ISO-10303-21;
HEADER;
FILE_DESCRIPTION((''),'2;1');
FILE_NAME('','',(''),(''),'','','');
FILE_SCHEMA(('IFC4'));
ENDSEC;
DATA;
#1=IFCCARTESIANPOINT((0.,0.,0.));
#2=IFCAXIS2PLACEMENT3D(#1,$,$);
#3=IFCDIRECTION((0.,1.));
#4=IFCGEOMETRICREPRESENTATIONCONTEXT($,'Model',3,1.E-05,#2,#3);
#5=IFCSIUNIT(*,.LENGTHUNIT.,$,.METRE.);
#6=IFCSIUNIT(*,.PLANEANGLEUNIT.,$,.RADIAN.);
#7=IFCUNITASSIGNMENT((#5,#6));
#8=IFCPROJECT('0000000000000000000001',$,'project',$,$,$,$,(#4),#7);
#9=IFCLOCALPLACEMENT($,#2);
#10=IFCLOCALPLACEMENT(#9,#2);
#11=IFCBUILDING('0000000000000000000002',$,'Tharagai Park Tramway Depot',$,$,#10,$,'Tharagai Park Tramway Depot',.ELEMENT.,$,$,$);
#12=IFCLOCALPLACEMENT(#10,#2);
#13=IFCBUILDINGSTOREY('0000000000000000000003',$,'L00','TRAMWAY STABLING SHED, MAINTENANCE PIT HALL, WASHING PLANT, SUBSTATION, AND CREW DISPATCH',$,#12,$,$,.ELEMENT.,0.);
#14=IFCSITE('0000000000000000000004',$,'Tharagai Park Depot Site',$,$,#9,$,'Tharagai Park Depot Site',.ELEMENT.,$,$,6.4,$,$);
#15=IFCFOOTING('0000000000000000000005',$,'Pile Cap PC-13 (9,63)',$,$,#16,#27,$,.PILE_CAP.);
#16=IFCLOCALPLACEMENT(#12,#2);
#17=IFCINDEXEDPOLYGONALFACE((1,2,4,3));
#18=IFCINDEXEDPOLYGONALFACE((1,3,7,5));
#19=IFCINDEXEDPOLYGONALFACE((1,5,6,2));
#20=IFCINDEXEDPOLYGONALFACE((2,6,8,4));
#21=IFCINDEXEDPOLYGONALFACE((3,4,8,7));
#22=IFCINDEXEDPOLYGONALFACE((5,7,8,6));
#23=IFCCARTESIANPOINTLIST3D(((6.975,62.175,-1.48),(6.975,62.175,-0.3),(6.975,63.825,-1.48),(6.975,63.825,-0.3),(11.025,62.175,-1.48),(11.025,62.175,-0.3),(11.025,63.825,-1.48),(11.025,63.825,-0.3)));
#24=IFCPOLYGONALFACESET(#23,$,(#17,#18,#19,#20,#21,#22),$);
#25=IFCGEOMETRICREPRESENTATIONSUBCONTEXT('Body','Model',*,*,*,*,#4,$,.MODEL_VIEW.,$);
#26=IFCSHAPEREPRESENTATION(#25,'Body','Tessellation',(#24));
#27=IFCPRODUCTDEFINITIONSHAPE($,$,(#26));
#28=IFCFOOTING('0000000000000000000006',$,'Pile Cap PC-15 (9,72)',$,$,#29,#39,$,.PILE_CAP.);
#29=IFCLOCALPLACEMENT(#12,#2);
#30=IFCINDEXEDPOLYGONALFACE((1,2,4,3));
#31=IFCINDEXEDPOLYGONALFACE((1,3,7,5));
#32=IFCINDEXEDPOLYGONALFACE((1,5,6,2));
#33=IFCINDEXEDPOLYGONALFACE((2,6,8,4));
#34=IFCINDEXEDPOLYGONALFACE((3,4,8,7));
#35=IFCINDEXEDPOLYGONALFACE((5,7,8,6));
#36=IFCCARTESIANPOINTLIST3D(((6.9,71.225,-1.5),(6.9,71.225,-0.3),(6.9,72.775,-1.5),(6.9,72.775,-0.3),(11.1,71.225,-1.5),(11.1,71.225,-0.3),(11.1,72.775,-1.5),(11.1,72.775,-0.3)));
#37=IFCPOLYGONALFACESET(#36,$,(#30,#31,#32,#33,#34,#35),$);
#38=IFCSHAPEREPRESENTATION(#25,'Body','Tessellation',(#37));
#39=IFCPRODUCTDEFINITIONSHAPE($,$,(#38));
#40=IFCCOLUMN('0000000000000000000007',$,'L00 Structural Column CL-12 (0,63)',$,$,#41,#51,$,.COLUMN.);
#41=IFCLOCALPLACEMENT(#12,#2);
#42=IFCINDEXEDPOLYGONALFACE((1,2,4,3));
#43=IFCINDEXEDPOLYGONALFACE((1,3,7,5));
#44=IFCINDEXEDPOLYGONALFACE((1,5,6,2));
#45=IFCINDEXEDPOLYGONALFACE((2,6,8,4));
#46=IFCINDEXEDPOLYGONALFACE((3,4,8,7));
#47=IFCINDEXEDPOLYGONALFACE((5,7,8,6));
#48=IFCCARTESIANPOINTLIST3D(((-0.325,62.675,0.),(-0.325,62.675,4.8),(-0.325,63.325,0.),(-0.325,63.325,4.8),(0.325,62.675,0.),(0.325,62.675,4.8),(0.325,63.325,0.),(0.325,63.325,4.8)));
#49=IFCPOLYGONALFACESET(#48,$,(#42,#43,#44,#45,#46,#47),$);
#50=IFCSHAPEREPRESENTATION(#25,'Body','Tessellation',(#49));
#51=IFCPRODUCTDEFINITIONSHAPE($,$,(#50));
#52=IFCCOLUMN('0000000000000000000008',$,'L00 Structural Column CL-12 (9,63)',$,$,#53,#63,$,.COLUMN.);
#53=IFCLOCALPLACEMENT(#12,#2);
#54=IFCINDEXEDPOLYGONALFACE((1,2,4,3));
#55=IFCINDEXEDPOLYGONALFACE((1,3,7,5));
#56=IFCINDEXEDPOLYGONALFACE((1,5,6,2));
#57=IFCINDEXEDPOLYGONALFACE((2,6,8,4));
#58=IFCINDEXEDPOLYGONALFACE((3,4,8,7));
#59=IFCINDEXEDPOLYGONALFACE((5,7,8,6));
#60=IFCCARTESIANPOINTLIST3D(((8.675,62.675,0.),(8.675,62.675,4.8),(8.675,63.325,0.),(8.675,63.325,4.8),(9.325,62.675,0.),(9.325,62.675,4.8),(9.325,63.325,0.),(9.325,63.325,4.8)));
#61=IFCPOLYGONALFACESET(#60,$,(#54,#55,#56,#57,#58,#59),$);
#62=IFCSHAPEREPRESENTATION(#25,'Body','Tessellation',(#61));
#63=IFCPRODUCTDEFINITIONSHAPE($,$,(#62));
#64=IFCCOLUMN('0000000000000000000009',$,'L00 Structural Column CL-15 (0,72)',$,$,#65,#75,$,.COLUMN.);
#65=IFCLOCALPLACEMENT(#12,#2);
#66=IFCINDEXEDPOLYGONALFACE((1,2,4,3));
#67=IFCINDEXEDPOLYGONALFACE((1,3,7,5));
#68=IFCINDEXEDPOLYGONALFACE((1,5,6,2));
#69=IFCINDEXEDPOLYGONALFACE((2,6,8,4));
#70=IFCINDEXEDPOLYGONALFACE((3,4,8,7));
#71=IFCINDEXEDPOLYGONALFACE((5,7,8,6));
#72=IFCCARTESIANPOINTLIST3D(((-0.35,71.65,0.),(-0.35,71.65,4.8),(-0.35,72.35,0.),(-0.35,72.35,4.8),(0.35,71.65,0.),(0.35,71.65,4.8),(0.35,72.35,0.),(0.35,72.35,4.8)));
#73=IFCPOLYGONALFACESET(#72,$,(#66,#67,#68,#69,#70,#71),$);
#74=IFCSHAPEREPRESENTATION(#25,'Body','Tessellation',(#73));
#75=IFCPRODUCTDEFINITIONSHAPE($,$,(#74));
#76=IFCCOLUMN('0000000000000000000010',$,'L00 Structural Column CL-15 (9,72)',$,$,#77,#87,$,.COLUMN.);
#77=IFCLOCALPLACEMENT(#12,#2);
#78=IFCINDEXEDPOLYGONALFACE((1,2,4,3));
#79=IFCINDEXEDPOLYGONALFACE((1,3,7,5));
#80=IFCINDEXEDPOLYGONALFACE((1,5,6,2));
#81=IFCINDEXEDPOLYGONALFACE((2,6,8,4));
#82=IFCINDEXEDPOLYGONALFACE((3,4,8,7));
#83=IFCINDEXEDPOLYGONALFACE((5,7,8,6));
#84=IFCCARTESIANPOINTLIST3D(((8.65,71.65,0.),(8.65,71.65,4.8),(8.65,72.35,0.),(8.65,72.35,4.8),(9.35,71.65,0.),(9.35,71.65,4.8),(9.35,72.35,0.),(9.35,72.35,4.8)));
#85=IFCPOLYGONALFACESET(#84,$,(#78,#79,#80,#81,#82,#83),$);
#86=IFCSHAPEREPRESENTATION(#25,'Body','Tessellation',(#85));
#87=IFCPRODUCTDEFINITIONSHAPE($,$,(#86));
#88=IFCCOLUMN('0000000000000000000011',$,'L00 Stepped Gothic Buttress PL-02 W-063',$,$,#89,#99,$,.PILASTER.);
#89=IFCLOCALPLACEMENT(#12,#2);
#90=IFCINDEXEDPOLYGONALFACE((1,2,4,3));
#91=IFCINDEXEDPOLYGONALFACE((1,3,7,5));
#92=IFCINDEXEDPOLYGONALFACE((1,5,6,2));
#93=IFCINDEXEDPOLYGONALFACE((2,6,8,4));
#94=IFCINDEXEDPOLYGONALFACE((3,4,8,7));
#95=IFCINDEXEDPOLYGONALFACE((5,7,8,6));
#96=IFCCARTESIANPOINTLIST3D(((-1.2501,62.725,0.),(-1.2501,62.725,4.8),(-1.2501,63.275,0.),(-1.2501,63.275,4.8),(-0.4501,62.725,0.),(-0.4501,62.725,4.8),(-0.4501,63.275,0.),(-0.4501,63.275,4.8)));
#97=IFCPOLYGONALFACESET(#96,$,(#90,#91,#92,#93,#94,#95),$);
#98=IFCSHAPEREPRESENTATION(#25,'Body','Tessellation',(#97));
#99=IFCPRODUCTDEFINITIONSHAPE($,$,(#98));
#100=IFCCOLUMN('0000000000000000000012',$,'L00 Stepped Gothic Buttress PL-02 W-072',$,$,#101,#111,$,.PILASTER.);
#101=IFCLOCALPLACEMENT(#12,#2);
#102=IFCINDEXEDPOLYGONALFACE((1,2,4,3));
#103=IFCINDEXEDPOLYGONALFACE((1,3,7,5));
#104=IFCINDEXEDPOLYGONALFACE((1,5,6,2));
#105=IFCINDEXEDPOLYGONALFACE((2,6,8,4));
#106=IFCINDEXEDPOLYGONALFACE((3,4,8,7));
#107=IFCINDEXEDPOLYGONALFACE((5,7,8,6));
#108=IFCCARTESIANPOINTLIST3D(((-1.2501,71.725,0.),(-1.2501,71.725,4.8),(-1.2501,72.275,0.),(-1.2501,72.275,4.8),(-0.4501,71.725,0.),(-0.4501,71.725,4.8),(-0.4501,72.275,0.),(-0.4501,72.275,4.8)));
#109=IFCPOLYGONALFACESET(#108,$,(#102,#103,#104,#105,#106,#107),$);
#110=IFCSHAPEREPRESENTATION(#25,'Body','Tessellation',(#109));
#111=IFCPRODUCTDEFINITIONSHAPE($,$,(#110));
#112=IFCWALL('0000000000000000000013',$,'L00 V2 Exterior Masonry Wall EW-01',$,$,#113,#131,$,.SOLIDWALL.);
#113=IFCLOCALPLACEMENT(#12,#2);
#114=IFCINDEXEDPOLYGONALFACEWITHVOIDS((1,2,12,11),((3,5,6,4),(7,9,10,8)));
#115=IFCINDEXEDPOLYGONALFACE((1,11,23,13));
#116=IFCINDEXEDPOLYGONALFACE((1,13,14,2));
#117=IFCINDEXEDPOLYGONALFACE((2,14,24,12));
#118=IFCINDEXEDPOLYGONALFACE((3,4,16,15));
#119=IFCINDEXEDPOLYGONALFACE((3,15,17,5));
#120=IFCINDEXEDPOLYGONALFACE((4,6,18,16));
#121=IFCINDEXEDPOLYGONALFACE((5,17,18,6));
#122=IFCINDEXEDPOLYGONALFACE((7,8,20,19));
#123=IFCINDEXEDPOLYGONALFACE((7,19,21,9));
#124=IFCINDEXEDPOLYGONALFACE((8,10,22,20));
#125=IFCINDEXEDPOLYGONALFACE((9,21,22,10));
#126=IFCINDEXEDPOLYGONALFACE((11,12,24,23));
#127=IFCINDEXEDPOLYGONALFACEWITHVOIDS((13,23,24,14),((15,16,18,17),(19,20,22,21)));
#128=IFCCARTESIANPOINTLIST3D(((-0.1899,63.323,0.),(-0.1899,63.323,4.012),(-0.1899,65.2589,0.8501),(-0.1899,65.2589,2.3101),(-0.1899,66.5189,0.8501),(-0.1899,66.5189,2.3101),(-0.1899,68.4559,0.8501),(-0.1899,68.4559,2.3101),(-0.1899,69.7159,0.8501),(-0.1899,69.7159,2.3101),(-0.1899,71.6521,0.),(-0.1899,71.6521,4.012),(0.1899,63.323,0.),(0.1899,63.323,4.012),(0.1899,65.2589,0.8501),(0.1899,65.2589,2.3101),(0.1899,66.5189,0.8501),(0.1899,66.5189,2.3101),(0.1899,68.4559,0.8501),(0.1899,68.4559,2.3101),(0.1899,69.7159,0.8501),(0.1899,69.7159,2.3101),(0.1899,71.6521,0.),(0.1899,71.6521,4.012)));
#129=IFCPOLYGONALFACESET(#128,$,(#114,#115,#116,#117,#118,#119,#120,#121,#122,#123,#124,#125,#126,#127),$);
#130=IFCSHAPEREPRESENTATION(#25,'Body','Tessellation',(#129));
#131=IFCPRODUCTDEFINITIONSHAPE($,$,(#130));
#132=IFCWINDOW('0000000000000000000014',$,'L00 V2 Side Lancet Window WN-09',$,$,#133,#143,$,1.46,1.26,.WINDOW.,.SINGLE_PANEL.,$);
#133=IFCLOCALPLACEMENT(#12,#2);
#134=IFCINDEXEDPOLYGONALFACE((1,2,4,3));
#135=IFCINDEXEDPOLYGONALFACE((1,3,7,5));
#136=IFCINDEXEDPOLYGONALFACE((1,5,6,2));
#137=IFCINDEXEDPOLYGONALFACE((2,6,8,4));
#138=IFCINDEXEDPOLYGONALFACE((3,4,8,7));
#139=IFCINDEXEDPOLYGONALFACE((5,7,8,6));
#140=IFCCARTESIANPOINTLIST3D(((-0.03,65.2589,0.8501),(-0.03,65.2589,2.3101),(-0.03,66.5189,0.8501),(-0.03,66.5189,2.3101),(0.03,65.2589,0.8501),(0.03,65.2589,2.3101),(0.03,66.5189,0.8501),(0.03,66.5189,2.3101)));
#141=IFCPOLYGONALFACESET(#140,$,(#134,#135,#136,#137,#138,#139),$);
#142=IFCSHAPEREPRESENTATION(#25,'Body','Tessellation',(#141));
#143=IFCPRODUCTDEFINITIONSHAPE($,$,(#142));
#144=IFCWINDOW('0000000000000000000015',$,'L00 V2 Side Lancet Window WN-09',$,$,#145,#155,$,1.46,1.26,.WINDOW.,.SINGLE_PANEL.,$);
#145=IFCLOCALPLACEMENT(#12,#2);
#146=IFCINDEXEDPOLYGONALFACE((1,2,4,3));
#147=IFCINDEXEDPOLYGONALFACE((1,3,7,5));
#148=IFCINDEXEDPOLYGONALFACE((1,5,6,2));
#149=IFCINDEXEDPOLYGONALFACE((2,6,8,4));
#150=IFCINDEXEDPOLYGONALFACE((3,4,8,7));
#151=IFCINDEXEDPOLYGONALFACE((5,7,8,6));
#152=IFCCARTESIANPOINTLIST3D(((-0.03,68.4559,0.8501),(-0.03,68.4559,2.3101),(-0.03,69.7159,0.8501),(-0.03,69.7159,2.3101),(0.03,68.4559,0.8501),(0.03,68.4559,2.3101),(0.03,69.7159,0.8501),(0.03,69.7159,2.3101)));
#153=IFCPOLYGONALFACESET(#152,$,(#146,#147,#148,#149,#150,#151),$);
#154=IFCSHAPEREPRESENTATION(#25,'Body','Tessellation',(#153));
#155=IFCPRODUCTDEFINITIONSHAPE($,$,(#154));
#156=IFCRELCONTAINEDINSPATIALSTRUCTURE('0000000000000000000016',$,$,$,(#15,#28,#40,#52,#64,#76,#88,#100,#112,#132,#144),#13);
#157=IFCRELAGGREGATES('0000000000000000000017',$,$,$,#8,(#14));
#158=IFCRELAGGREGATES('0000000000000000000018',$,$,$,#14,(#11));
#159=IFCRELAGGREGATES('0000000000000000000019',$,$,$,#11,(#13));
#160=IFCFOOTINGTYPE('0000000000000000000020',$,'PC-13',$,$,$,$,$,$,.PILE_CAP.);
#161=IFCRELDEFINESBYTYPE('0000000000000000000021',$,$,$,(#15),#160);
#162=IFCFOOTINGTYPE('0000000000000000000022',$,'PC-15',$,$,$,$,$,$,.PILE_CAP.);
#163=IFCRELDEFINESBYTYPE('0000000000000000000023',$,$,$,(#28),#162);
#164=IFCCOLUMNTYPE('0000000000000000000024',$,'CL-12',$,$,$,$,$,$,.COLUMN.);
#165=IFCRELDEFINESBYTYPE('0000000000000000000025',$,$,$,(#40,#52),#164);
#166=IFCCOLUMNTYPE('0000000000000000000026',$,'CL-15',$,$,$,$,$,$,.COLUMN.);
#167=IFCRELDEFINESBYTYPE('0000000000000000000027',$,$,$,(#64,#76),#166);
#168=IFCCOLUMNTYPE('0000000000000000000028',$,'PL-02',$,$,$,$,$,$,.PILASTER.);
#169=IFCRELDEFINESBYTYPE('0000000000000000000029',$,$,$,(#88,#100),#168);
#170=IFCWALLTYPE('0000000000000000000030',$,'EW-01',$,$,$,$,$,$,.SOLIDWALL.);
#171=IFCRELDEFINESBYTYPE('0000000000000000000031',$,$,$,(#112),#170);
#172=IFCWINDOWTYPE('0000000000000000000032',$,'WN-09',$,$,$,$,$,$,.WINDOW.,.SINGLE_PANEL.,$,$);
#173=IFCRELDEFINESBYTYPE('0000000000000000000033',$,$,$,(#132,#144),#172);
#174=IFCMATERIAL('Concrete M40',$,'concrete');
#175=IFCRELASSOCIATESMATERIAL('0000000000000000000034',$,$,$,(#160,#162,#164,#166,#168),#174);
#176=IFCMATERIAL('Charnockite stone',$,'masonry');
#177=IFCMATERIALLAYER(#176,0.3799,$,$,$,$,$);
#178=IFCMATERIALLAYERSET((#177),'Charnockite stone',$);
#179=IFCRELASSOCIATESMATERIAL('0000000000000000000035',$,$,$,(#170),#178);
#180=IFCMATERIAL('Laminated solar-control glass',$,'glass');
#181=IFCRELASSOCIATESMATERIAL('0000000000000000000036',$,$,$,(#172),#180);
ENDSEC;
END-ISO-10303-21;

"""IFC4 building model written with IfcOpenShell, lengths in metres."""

from ifc_helpers import new_model, si_unit, direction, frame, frame_2d, origin, origin_2d, place, context, subcontext, project, spatial, rectangle, extrude, material, layer, layer_set, material_profile, profile_set, type_object, element, fill, save


model = new_model("IFC4")

# Units and contexts
model_context = context("Model", 3, precision=1e-05, world=origin(), true_north=direction((0.0, 1.0)))
body_context = subcontext(model_context, "Body", "Model", "MODEL_VIEW")
ifc_project = project(units=[si_unit("LENGTHUNIT", "METRE"), si_unit("PLANEANGLEUNIT", "RADIAN")], contexts=[model_context])

# Site, building, storey
site_placement = place(None, origin())
site = spatial("IfcSite", under=ifc_project, at=site_placement, Name="Tharagai Park Depot Site", LongName="Tharagai Park Depot Site", CompositionType="ELEMENT", RefElevation=6.4)
building_placement = place(site_placement, origin())
building = spatial("IfcBuilding", under=site, at=building_placement, Name="Tharagai Park Tramway Depot", LongName="Tharagai Park Tramway Depot", CompositionType="ELEMENT")
storey_placement = place(building_placement, origin())
storey = spatial("IfcBuildingStorey", under=building, at=storey_placement, Name="L00", Description="TRAMWAY STABLING SHED, MAINTENANCE PIT HALL, WASHING PLANT, SUBSTATION, AND CREW DISPATCH", CompositionType="ELEMENT", Elevation=0.0)

# Shared definitions
ifc_material_1 = material(Name="Concrete M40", Category="concrete")

# Footings
footing_type_1 = type_object("IfcFootingType", Name="PC-13", PredefinedType="PILE_CAP", material=ifc_material_1)
footing_1_placement = place(storey_placement, frame((9.0, 63.0, -1.48), z_axis=(0.0, 0.0, 1.0), x_axis=(1.0, 0.0, 0.0)))
element("IfcFooting", 1, at=footing_1_placement, inside=storey, type_object=footing_type_1, Name="Pile Cap PC-13 (9,63)", PredefinedType="PILE_CAP", context=body_context, shape_type="SweptSolid", body=[
    extrude(rectangle(XDim=4.05, YDim=1.6499, at=origin_2d()), origin(), (0.0, 0.0, 1.0), 1.1799),
])
footing_type_2 = type_object("IfcFootingType", Name="PC-15", PredefinedType="PILE_CAP", material=ifc_material_1)
footing_2_placement = place(storey_placement, frame((9.0, 72.0, -1.5), z_axis=(0.0, 0.0, 1.0), x_axis=(1.0, 0.0, 0.0)))
element("IfcFooting", 2, at=footing_2_placement, inside=storey, type_object=footing_type_2, Name="Pile Cap PC-15 (9,72)", PredefinedType="PILE_CAP", context=body_context, shape_type="SweptSolid", body=[
    extrude(rectangle(XDim=4.2, YDim=1.55, at=origin_2d()), origin(), (0.0, 0.0, 1.0), 1.2),
])

# Columns
ifc_material_profile_1 = material_profile(ifc_material_1, rectangle(XDim=0.6499, YDim=0.6499, at=origin_2d()), Name="RC 650x650")
ifc_profile_set_1 = profile_set([ifc_material_profile_1], Name="Concrete M40")
column_type_1 = type_object("IfcColumnType", Name="CL-12", PredefinedType="COLUMN", material=ifc_profile_set_1)
for number, where, z_axis, x_axis, name in (
    (3, (0.0, 63.0, 0.0), (0.0, 0.0, 1.0), (1.0, 0.0, 0.0), "L00 Structural Column CL-12 (0,63)"),
    (4, (9.0, 63.0, 0.0), (0.0, 0.0, 1.0), (1.0, 0.0, 0.0), "L00 Structural Column CL-12 (9,63)"),
):
    element("IfcColumn", number, at=place(storey_placement, frame(where, z_axis=z_axis, x_axis=x_axis)), inside=storey, type_object=column_type_1, Name=name, PredefinedType="COLUMN", context=body_context, shape_type="SweptSolid", body=[
        extrude(rectangle(XDim=0.6499, YDim=0.6499, at=origin_2d()), origin(), (0.0, 0.0, 1.0), 4.8),
    ])
ifc_material_profile_2 = material_profile(ifc_material_1, rectangle(XDim=0.7, YDim=0.7, at=origin_2d()), Name="RC 700x700")
ifc_profile_set_2 = profile_set([ifc_material_profile_2], Name="Concrete M40")
column_type_2 = type_object("IfcColumnType", Name="CL-15", PredefinedType="COLUMN", material=ifc_profile_set_2)
for number, where, z_axis, x_axis, name in (
    (5, (0.0, 72.0, 0.0), (0.0, 0.0, 1.0), (1.0, 0.0, 0.0), "L00 Structural Column CL-15 (0,72)"),
    (6, (9.0, 72.0, 0.0), (0.0, 0.0, 1.0), (1.0, 0.0, 0.0), "L00 Structural Column CL-15 (9,72)"),
):
    element("IfcColumn", number, at=place(storey_placement, frame(where, z_axis=z_axis, x_axis=x_axis)), inside=storey, type_object=column_type_2, Name=name, PredefinedType="COLUMN", context=body_context, shape_type="SweptSolid", body=[
        extrude(rectangle(XDim=0.7, YDim=0.7, at=origin_2d()), origin(), (0.0, 0.0, 1.0), 4.8),
    ])
ifc_material_profile_3 = material_profile(ifc_material_1, rectangle(XDim=0.55, YDim=0.8, at=origin_2d()), Name="RC 550x800")
ifc_profile_set_3 = profile_set([ifc_material_profile_3], Name="Concrete M40")
column_type_3 = type_object("IfcColumnType", Name="PL-02", PredefinedType="PILASTER", material=ifc_profile_set_3)
for number, where, z_axis, x_axis, name in (
    (7, (-0.8501, 63.0, 0.0), (0.0, 0.0, 1.0), (0.0, 1.0, 0.0), "L00 Stepped Gothic Buttress PL-02 W-063"),
    (8, (-0.8501, 72.0, 0.0), (0.0, 0.0, 1.0), (0.0, 1.0, 0.0), "L00 Stepped Gothic Buttress PL-02 W-072"),
):
    element("IfcColumn", number, at=place(storey_placement, frame(where, z_axis=z_axis, x_axis=x_axis)), inside=storey, type_object=column_type_3, Name=name, PredefinedType="PILASTER", context=body_context, shape_type="SweptSolid", body=[
        extrude(rectangle(XDim=0.55, YDim=0.8, at=origin_2d()), origin(), (0.0, 0.0, 1.0), 4.8),
    ])

# Wall, openings, windows
ifc_material_2 = material(Name="Charnockite stone", Category="masonry")
ifc_layer_1 = layer(ifc_material_2, 0.3799)
ifc_layer_set_1 = layer_set([ifc_layer_1], Name="Charnockite stone")
wall_type_1 = type_object("IfcWallType", Name="EW-01", PredefinedType="SOLIDWALL", material=ifc_layer_set_1)
wall_1_placement = place(storey_placement, frame((0.0, 63.323, 0.0), z_axis=(0.0, 0.0, 1.0), x_axis=(0.0, 1.0, 0.0)))
wall_1 = element("IfcWall", 9, at=wall_1_placement, inside=storey, type_object=wall_type_1, Name="L00 V2 Exterior Masonry Wall EW-01", PredefinedType="SOLIDWALL", context=body_context, shape_type="SweptSolid", body=[
    extrude(rectangle(XDim=8.3291, YDim=0.3799, at=frame_2d((4.1646, 0.0))), origin(), (0.0, 0.0, 1.0), 4.012),
])
opening_1_placement = place(wall_1_placement, frame((1.936, 0.0, 0.8501)))
opening_1 = element("IfcOpeningElement", 10, at=opening_1_placement, cuts=wall_1, PredefinedType="OPENING", context=body_context, shape_type="SweptSolid", body=[
    extrude(rectangle(XDim=1.26, YDim=1.46, at=frame_2d((0.6299, 0.73))), frame((0.0, 0.2, 0.0), z_axis=(0.0, -1.0, 0.0), x_axis=(1.0, 0.0, 0.0)), (0.0, 0.0, 1.0), 0.3999),
])
opening_2_placement = place(wall_1_placement, frame((5.1331, 0.0, 0.8501)))
opening_2 = element("IfcOpeningElement", 11, at=opening_2_placement, cuts=wall_1, PredefinedType="OPENING", context=body_context, shape_type="SweptSolid", body=[
    extrude(rectangle(XDim=1.26, YDim=1.46, at=frame_2d((0.6299, 0.73))), frame((0.0, 0.2, 0.0), z_axis=(0.0, -1.0, 0.0), x_axis=(1.0, 0.0, 0.0)), (0.0, 0.0, 1.0), 0.3999),
])
ifc_material_3 = material(Name="Laminated solar-control glass", Category="glass")
window_type_1 = type_object("IfcWindowType", Name="WN-09", PartitioningType="SINGLE_PANEL", PredefinedType="WINDOW", material=ifc_material_3)
window_1_placement = place(opening_1_placement, origin())
window_1 = element("IfcWindow", 12, at=window_1_placement, inside=storey, type_object=window_type_1, Name="L00 V2 Side Lancet Window WN-09", OverallHeight=1.46, OverallWidth=1.26, PartitioningType="SINGLE_PANEL", PredefinedType="WINDOW", context=body_context, shape_type="SweptSolid", body=[
    extrude(rectangle(XDim=1.26, YDim=1.46, at=frame_2d((0.6299, 0.73))), frame((0.0, 0.03, 0.0), z_axis=(0.0, -1.0, 0.0), x_axis=(1.0, 0.0, 0.0)), (0.0, 0.0, 1.0), 0.0601),
])
fill(opening_1, window_1)
window_2_placement = place(opening_2_placement, origin())
window_2 = element("IfcWindow", 13, at=window_2_placement, inside=storey, type_object=window_type_1, Name="L00 V2 Side Lancet Window WN-09", OverallHeight=1.46, OverallWidth=1.26, PartitioningType="SINGLE_PANEL", PredefinedType="WINDOW", context=body_context, shape_type="SweptSolid", body=[
    extrude(rectangle(XDim=1.26, YDim=1.46, at=frame_2d((0.6299, 0.73))), frame((0.0, 0.03, 0.0), z_axis=(0.0, -1.0, 0.0), x_axis=(1.0, 0.0, 0.0)), (0.0, 0.0, 1.0), 0.0601),
])
fill(opening_2, window_2)

save(model, "model.ifc")
